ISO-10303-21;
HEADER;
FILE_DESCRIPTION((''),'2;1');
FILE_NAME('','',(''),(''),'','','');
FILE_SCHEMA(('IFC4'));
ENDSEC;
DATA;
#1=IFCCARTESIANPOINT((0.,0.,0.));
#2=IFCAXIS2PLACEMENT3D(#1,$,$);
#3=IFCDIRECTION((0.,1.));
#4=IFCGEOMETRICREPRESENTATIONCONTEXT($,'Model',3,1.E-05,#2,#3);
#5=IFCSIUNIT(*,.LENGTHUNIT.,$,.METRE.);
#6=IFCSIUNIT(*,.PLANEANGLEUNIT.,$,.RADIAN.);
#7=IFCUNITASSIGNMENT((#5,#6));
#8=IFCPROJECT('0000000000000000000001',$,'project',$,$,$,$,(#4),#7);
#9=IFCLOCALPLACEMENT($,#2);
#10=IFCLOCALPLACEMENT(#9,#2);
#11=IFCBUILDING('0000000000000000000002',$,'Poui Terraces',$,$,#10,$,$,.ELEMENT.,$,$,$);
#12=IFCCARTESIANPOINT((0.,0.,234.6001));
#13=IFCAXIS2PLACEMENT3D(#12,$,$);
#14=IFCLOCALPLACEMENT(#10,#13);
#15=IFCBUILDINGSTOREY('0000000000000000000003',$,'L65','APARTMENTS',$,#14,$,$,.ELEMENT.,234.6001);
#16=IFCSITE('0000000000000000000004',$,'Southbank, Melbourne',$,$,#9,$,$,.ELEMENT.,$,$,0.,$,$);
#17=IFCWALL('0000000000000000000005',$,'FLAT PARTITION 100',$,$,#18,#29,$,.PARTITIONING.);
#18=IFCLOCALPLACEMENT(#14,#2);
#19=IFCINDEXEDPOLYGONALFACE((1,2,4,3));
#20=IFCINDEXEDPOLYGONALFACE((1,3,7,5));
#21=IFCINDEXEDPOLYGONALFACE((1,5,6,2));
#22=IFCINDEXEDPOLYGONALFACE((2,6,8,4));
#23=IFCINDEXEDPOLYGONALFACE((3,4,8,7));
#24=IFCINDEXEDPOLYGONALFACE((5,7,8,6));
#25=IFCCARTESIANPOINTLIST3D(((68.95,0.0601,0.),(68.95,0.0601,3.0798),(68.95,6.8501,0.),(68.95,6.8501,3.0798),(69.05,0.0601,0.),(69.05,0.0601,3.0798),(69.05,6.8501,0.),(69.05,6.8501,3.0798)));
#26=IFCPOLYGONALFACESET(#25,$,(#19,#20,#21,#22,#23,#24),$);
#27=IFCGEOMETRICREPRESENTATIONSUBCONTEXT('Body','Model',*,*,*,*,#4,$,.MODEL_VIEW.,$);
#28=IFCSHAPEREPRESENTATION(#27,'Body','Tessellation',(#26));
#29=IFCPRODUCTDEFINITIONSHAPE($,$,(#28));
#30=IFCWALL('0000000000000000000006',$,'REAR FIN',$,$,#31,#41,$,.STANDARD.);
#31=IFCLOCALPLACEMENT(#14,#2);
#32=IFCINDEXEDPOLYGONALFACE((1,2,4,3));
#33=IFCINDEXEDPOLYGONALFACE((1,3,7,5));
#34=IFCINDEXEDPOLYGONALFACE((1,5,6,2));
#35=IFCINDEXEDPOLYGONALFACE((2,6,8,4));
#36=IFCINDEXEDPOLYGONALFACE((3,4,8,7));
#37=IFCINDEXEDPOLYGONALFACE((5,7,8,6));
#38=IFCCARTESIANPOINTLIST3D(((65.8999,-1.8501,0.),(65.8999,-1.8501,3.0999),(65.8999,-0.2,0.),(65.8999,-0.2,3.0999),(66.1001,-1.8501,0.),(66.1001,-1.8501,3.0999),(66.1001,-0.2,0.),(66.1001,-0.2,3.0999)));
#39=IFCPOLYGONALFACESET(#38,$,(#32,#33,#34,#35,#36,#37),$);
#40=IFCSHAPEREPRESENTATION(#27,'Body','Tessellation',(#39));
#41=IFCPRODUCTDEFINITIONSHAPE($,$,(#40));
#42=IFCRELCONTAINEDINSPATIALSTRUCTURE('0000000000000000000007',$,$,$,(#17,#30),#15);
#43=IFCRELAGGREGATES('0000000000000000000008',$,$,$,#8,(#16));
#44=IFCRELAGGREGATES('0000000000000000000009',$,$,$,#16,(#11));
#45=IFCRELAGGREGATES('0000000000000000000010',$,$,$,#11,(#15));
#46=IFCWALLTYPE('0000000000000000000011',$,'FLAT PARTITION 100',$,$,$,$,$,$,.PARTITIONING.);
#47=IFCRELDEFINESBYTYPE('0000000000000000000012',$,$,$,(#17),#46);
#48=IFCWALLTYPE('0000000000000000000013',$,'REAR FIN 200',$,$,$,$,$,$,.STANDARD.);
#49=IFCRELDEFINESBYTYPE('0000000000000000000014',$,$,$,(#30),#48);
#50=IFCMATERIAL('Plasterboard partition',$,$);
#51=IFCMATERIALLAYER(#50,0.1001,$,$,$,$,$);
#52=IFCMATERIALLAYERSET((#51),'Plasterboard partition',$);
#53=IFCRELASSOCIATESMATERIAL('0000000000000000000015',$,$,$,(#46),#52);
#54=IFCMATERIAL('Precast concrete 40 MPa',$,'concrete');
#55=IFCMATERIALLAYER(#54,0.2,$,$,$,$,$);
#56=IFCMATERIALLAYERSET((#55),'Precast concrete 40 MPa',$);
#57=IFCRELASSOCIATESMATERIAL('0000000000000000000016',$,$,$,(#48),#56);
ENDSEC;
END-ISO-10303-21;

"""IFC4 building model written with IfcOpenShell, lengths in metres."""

from ifc_helpers import new_model, si_unit, direction, frame, frame_2d, origin, place, context, subcontext, project, spatial, polyline, rectangle, outline, extrude, source, transform, mapped, material, layer, layer_set, type_object, element, save


model = new_model("IFC4")

# Units and contexts
model_context = context("Model", 3, precision=1e-05, world=origin(), true_north=direction((0.0, 1.0)))
body_context = subcontext(model_context, "Body", "Model", "MODEL_VIEW")
ifc_project = project(units=[si_unit("LENGTHUNIT", "METRE"), si_unit("PLANEANGLEUNIT", "RADIAN")], contexts=[model_context])

# Site, building, storey
site_placement = place(None, origin())
site = spatial("IfcSite", under=ifc_project, at=site_placement, Name="Southbank, Melbourne", CompositionType="ELEMENT", RefElevation=0.0)
building_placement = place(site_placement, origin())
building = spatial("IfcBuilding", under=site, at=building_placement, Name="Poui Terraces", CompositionType="ELEMENT")
storey_placement = place(building_placement, frame((0.0, 0.0, 234.6001)))
storey = spatial("IfcBuildingStorey", under=building, at=storey_placement, Name="L65", Description="APARTMENTS", CompositionType="ELEMENT", Elevation=234.6001)

# Shared definitions
ifc_material_1 = material(Name="Plasterboard partition")
ifc_layer_1 = layer(ifc_material_1, 0.1001)
ifc_layer_set_1 = layer_set([ifc_layer_1], Name="Plasterboard partition")
wall_type_1 = type_object("IfcWallType", Name="FLAT PARTITION 100", PredefinedType="PARTITIONING", material=ifc_layer_set_1)

# Walls
wall_1_placement = place(storey_placement, frame((69.0, 0.0601, 0.0), z_axis=(0.0, 0.0, 1.0), x_axis=(0.0, 1.0, 0.0)))
element("IfcWall", 1, at=wall_1_placement, inside=storey, type_object=wall_type_1, Name="FLAT PARTITION 100", PredefinedType="PARTITIONING", context=body_context, shape_type="SweptSolid", body=[
    extrude(rectangle(XDim=6.79, YDim=0.1001, at=frame_2d((3.395, 0.0))), origin(), (0.0, 0.0, 1.0), 3.0798),
])
ifc_material_2 = material(Name="Precast concrete 40 MPa", Category="concrete")
ifc_layer_2 = layer(ifc_material_2, 0.2)
ifc_layer_set_2 = layer_set([ifc_layer_2], Name="Precast concrete 40 MPa")
wall_type_2 = type_object("IfcWallType", Name="REAR FIN 200", PredefinedType="STANDARD", material=ifc_layer_set_2)
shared_shape_1 = source(origin(), body_context, "Body", "SweptSolid", [
    extrude(outline(polyline([(0.0, 0.0), (0.2002, 0.0), (0.2002, 1.6501), (0.0, 1.6501), (0.0, 0.0)])), origin(), (0.0, 0.0, 1.0), 3.0999),
])
wall_2_placement = place(storey_placement, frame((65.8999, -1.8501, 0.0)))
element("IfcWall", 2, at=wall_2_placement, inside=storey, type_object=wall_type_2, Name="REAR FIN", PredefinedType="STANDARD", context=body_context, shape_type="MappedRepresentation", body=[
    mapped(shared_shape_1, transform((0.0, 0.0, 0.0))),
])

save(model, "model.ifc")
